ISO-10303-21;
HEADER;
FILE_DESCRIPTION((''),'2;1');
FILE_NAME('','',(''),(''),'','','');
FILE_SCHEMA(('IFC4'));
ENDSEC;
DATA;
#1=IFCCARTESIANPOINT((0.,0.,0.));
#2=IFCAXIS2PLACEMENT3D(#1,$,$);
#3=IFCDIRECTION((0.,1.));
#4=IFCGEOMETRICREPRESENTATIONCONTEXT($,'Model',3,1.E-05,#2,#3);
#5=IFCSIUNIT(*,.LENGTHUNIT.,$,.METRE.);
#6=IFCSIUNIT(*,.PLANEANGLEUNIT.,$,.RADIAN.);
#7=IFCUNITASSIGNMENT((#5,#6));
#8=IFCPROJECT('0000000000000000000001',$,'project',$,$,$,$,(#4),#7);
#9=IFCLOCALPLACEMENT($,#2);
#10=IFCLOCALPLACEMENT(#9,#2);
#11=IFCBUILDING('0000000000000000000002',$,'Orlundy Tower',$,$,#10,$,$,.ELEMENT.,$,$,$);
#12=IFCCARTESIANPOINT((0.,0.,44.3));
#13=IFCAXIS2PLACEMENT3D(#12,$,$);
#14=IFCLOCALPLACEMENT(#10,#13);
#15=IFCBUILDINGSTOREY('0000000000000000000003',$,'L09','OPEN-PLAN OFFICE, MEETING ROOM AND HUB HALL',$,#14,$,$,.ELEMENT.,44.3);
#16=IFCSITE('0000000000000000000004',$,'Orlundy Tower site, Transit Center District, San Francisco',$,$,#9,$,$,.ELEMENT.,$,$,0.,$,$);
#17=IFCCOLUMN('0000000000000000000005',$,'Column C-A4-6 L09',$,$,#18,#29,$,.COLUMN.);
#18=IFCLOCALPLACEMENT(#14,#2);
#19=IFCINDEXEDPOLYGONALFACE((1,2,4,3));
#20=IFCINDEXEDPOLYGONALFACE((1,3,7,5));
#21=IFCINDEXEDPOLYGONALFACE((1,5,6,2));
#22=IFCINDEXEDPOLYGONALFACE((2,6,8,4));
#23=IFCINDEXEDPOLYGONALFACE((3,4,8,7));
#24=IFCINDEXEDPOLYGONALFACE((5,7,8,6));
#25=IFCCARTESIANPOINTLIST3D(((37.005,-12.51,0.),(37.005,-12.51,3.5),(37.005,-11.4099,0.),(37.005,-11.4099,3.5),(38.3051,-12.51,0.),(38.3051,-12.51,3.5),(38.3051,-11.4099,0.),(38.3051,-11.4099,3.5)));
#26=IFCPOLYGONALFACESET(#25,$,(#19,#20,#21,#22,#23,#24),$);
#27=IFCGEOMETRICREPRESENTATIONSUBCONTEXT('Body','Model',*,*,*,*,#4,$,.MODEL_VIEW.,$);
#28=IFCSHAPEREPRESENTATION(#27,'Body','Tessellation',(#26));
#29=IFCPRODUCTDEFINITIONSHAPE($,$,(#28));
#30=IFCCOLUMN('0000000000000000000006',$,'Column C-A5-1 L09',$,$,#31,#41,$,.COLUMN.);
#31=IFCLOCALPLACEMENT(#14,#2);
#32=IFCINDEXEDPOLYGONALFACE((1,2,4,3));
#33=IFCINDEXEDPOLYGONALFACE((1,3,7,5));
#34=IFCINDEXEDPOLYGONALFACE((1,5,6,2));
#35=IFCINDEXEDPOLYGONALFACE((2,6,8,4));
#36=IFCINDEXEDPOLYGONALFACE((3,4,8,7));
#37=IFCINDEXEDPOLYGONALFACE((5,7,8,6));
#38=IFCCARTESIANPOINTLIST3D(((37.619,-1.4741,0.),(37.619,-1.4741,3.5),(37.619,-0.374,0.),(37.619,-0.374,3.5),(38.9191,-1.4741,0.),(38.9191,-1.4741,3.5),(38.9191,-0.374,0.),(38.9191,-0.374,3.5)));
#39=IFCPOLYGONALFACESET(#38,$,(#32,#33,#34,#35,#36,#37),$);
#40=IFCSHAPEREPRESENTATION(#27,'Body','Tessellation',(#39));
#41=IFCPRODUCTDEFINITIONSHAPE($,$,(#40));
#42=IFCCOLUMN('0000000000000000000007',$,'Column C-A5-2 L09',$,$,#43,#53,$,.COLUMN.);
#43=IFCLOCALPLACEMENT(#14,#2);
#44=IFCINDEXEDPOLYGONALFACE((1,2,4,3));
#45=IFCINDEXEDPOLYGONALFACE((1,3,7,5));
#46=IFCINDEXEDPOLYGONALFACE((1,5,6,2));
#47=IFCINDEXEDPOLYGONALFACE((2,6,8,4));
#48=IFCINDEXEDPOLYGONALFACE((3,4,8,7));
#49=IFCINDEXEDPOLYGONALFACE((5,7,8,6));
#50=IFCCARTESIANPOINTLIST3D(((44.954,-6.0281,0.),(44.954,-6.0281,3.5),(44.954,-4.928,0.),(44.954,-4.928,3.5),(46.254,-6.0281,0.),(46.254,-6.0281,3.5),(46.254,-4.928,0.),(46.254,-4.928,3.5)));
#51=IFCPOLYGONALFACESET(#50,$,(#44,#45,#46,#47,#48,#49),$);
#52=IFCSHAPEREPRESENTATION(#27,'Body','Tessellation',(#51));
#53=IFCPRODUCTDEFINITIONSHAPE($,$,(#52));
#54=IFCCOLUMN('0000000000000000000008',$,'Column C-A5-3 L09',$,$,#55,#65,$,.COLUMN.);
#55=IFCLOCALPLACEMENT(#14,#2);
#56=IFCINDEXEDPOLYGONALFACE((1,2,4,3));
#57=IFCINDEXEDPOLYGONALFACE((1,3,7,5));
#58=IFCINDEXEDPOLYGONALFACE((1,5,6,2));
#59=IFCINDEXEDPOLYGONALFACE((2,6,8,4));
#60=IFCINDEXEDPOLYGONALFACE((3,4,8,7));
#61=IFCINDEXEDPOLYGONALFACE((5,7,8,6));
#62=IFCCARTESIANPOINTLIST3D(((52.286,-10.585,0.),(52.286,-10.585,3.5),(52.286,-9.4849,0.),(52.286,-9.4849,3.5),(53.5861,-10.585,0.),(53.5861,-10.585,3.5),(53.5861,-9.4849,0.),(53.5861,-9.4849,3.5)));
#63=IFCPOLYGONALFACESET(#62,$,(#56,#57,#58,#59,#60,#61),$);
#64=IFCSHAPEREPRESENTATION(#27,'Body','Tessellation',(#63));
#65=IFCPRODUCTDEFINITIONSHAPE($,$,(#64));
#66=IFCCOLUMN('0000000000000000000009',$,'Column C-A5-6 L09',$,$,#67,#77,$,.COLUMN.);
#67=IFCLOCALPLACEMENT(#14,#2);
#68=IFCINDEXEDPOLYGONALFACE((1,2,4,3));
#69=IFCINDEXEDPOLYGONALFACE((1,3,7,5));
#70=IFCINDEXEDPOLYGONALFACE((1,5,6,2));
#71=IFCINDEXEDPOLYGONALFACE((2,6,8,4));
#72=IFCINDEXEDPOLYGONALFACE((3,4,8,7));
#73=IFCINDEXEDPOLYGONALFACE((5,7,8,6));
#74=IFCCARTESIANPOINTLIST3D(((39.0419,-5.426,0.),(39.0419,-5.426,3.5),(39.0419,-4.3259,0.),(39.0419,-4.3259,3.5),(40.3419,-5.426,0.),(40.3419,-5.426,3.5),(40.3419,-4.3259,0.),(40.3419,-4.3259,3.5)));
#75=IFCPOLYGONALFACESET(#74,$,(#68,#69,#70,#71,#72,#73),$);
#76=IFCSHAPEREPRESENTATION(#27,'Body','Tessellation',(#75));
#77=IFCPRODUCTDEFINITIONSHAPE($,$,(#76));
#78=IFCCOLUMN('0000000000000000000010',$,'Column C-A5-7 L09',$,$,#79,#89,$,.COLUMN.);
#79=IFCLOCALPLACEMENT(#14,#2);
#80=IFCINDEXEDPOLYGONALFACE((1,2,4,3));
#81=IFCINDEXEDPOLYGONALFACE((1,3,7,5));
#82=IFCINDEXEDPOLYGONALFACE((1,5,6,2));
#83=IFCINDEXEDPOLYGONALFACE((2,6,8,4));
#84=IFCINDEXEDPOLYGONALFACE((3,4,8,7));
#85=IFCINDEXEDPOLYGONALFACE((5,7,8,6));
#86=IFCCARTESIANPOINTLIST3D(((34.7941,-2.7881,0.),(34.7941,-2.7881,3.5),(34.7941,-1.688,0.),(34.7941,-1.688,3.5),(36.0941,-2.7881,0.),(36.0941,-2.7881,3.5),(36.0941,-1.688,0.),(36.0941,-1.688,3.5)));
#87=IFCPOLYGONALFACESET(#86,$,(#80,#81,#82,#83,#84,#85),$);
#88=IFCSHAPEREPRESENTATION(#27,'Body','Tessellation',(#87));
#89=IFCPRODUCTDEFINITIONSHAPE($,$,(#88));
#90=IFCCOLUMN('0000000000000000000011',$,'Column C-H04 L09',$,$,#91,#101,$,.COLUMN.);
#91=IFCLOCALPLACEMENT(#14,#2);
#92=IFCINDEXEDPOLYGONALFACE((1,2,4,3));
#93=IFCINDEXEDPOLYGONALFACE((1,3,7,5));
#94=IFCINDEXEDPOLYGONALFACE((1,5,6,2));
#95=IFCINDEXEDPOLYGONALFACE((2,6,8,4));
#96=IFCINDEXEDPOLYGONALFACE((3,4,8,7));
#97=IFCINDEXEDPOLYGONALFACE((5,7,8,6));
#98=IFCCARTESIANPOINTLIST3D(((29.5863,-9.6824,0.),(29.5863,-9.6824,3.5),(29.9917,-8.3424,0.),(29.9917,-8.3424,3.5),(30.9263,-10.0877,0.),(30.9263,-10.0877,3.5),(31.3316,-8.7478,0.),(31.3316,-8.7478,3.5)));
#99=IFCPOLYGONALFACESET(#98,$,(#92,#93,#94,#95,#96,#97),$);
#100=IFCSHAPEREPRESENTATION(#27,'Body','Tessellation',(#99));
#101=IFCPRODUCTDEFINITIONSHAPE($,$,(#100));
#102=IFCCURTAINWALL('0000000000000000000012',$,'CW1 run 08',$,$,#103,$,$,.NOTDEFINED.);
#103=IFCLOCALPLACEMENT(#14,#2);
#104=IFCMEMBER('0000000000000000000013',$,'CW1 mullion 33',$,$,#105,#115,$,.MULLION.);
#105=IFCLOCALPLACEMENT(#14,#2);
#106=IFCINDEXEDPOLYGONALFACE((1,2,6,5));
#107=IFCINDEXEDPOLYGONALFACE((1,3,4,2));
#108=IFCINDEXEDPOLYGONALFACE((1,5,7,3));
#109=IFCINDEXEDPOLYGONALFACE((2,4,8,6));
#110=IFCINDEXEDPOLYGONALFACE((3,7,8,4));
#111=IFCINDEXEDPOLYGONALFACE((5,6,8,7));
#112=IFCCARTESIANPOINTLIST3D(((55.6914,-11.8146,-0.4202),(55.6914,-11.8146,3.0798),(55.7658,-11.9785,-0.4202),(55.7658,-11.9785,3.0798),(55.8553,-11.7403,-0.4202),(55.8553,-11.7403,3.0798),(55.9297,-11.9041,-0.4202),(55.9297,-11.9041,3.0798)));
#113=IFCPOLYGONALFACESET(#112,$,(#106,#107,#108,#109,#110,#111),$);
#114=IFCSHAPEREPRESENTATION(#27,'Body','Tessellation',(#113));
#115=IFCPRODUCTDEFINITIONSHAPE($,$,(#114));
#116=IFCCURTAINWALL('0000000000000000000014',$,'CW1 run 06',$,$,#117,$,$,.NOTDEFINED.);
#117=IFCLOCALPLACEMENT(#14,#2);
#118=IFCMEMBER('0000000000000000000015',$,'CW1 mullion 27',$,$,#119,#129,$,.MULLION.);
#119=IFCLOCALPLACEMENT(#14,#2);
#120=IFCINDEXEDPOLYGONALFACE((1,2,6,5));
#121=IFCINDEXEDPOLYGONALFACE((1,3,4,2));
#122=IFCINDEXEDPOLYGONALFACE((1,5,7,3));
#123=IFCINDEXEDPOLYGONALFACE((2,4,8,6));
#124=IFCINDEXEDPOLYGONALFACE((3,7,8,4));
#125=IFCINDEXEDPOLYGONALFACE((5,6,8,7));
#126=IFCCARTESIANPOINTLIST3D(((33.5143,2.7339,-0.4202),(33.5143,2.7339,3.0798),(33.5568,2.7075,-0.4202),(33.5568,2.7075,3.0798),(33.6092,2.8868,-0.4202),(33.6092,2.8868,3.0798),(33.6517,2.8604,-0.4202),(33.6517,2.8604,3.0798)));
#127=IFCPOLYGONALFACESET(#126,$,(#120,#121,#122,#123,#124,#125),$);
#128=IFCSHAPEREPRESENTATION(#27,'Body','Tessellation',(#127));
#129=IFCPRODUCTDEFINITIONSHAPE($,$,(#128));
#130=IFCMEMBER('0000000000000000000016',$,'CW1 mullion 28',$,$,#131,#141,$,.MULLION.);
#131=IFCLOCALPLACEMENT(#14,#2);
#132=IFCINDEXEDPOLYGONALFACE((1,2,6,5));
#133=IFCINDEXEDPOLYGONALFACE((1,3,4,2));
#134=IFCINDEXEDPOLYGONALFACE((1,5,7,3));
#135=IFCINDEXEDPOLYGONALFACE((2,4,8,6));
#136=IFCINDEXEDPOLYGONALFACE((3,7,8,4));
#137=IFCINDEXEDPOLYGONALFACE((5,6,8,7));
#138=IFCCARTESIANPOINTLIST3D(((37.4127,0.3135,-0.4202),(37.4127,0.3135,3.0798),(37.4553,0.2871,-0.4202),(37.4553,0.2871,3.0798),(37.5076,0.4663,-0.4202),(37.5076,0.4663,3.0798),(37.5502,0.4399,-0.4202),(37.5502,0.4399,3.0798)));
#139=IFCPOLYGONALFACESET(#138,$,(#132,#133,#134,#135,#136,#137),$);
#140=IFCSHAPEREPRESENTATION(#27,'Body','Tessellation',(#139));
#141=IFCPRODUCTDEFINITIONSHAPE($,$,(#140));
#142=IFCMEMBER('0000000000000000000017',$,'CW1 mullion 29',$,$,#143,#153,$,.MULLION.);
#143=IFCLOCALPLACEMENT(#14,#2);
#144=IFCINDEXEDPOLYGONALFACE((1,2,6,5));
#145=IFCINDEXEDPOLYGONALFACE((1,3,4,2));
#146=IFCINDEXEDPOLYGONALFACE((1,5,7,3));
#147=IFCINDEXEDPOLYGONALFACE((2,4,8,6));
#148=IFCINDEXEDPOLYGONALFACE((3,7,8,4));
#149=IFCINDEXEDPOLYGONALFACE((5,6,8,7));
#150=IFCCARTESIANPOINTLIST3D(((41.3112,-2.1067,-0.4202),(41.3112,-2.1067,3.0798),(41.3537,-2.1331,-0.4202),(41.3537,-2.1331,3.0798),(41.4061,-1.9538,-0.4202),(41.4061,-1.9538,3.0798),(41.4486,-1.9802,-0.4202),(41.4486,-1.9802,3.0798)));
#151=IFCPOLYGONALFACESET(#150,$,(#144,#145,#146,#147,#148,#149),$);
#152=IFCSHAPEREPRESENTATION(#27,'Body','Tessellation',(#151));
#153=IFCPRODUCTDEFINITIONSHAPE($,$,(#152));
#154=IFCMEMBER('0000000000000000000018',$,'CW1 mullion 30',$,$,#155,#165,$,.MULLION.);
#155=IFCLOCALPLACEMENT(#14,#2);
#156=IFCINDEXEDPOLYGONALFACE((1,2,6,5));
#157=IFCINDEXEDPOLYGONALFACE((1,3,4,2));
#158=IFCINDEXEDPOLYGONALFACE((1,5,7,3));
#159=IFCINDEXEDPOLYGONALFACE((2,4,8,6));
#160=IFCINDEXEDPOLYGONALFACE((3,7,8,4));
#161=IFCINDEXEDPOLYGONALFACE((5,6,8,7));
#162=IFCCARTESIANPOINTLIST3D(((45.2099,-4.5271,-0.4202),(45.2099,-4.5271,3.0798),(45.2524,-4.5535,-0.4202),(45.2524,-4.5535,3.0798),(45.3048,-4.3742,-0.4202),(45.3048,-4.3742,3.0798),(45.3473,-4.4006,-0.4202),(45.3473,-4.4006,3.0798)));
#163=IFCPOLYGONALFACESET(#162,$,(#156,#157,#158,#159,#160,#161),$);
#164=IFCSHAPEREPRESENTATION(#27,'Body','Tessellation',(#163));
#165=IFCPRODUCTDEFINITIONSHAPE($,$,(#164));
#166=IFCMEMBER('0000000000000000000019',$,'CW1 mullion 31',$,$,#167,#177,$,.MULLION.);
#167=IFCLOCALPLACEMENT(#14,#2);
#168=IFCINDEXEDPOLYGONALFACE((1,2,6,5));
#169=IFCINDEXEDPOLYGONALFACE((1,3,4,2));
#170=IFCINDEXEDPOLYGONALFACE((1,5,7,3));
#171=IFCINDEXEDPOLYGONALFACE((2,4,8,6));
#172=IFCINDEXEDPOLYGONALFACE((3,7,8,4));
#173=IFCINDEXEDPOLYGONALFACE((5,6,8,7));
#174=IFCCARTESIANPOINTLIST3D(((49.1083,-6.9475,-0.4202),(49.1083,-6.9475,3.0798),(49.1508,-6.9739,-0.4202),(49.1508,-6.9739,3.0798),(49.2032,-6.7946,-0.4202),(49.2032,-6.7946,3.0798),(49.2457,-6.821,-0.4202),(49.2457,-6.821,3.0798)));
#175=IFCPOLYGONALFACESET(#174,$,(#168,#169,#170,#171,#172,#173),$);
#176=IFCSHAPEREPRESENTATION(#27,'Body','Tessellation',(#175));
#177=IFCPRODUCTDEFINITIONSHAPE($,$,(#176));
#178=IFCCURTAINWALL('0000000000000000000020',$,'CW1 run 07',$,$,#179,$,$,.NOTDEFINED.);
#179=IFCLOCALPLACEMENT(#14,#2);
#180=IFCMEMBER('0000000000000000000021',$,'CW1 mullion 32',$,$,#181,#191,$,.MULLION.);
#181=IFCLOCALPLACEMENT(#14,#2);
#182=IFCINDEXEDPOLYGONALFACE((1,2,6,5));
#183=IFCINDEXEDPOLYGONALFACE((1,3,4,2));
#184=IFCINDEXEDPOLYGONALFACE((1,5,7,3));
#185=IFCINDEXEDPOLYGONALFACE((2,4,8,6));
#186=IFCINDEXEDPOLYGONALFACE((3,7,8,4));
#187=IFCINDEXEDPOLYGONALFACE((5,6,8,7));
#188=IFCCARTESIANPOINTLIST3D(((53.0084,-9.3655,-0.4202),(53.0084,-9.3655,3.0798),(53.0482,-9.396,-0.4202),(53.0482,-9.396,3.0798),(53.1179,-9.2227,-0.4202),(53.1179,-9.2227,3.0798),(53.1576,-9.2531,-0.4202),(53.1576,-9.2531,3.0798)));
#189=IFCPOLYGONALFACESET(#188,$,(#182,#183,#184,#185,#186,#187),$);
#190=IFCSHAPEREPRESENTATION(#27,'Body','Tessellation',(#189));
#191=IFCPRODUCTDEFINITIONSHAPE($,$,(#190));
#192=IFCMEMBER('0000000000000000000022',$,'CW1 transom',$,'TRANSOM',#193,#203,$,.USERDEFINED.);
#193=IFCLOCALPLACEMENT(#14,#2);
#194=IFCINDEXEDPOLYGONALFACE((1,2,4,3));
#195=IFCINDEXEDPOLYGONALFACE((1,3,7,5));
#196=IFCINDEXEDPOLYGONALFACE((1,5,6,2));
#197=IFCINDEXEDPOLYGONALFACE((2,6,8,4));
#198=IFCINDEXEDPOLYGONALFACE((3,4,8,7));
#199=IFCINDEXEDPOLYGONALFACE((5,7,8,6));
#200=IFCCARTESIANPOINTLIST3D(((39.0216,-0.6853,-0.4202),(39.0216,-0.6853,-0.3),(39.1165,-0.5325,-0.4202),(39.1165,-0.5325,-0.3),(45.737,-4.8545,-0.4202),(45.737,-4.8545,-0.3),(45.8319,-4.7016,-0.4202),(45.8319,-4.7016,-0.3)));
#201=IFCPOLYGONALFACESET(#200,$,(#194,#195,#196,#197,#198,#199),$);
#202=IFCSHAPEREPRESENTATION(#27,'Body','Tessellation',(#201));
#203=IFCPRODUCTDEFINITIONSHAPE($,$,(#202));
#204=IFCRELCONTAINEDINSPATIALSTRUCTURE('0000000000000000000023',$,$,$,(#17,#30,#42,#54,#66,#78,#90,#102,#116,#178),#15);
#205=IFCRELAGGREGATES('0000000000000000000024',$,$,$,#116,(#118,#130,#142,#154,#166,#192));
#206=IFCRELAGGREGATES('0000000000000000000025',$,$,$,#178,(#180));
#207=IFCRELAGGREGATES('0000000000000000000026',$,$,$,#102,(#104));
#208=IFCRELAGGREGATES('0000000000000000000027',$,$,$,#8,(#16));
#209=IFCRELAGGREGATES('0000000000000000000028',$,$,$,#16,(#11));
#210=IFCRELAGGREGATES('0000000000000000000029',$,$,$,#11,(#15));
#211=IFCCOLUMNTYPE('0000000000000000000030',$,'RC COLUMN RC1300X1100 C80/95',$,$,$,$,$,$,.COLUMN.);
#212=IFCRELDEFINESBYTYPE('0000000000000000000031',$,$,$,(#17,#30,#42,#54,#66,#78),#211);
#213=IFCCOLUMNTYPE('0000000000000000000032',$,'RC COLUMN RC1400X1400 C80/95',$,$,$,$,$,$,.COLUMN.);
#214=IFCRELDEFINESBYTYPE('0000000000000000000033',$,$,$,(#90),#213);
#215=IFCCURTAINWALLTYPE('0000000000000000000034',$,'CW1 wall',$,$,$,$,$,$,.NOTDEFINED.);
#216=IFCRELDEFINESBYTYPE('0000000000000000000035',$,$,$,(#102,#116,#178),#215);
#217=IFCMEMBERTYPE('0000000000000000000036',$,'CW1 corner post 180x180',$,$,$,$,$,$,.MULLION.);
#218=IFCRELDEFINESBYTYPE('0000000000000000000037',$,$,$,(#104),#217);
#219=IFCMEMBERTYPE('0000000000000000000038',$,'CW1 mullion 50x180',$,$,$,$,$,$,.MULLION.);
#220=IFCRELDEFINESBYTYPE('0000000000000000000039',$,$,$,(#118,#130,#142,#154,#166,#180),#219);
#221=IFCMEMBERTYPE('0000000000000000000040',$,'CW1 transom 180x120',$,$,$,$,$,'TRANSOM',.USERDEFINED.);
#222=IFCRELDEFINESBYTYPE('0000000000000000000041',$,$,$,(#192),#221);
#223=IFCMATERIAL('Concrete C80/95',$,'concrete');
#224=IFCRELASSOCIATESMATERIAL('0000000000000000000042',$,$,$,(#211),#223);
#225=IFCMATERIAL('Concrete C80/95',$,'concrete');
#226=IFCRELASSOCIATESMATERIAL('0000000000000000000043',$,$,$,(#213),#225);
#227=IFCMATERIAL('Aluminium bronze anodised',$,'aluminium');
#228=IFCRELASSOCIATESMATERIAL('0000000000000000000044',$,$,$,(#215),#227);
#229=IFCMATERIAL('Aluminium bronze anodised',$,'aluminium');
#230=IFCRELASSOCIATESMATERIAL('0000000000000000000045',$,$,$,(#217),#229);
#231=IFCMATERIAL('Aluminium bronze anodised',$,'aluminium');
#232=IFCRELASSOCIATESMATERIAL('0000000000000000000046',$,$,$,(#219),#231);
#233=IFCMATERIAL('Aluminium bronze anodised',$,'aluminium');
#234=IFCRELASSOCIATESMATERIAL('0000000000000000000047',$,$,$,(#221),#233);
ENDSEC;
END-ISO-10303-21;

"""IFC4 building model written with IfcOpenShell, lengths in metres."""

from ifc_helpers import new_model, si_unit, direction, frame, origin, origin_2d, place, context, subcontext, project, spatial, rectangle, extrude, material, material_profile, profile_set, type_object, element, aggregate, save


model = new_model("IFC4")

# Units and contexts
model_context = context("Model", 3, precision=1e-05, world=origin(), true_north=direction((0.0, 1.0)))
body_context = subcontext(model_context, "Body", "Model", "MODEL_VIEW")
ifc_project = project(units=[si_unit("LENGTHUNIT", "METRE"), si_unit("PLANEANGLEUNIT", "RADIAN")], contexts=[model_context])

# Site, building, storey
site_placement = place(None, origin())
site = spatial("IfcSite", under=ifc_project, at=site_placement, Name="Orlundy Tower site, Transit Center District, San Francisco", CompositionType="ELEMENT", RefElevation=0.0)
building_placement = place(site_placement, origin())
building = spatial("IfcBuilding", under=site, at=building_placement, Name="Orlundy Tower", CompositionType="ELEMENT")
storey_placement = place(building_placement, frame((0.0, 0.0, 44.3)))
storey = spatial("IfcBuildingStorey", under=building, at=storey_placement, Name="L09", Description="OPEN-PLAN OFFICE, MEETING ROOM AND HUB HALL", CompositionType="ELEMENT", Elevation=44.3)

# Columns
ifc_material_1 = material(Name="Concrete C80/95", Category="concrete")
ifc_material_profile_1 = material_profile(ifc_material_1, rectangle(XDim=1.3, YDim=1.1001, at=origin_2d()), Name="RC1300X1100")
ifc_profile_set_1 = profile_set([ifc_material_profile_1], Name="Concrete C80/95")
column_type_1 = type_object("IfcColumnType", Name="RC COLUMN RC1300X1100 C80/95", PredefinedType="COLUMN", material=ifc_profile_set_1)
for number, where, z_axis, x_axis, name in (
    (1, (37.655, -11.96, 0.0), (0.0, 0.0, 1.0), (1.0, 0.0, 0.0), "Column C-A4-6 L09"),
    (2, (38.269, -0.9241, 0.0), (0.0, 0.0, 1.0), (1.0, 0.0, 0.0), "Column C-A5-1 L09"),
    (3, (45.604, -5.478, 0.0), (0.0, 0.0, 1.0), (1.0, 0.0, 0.0), "Column C-A5-2 L09"),
    (4, (52.936, -10.0349, 0.0), (0.0, 0.0, 1.0), (1.0, 0.0, 0.0), "Column C-A5-3 L09"),
    (5, (39.6919, -4.876, 0.0), (0.0, 0.0, 1.0), (1.0, 0.0, 0.0), "Column C-A5-6 L09"),
    (6, (35.4441, -2.238, 0.0), (0.0, 0.0, 1.0), (1.0, 0.0, 0.0), "Column C-A5-7 L09"),
):
    element("IfcColumn", number, at=place(storey_placement, frame(where, z_axis=z_axis, x_axis=x_axis)), inside=storey, type_object=column_type_1, Name=name, PredefinedType="COLUMN", context=body_context, shape_type="SweptSolid", body=[
        extrude(rectangle(XDim=1.3, YDim=1.1001, at=origin_2d()), origin(), (0.0, 0.0, 1.0), 3.5),
    ])
ifc_material_2 = material(Name="Concrete C80/95", Category="concrete")
ifc_material_profile_2 = material_profile(ifc_material_2, rectangle(XDim=1.3999, YDim=1.3999, at=origin_2d()), Name="RC1400X1400")
ifc_profile_set_2 = profile_set([ifc_material_profile_2], Name="Concrete C80/95")
column_type_2 = type_object("IfcColumnType", Name="RC COLUMN RC1400X1400 C80/95", PredefinedType="COLUMN", material=ifc_profile_set_2)
column_placement = place(storey_placement, frame((30.459, -9.2151, 0.0), z_axis=(0.0, 0.0, 1.0), x_axis=(0.957153, -0.289583, 0.0)))
element("IfcColumn", 7, at=column_placement, inside=storey, type_object=column_type_2, Name="Column C-H04 L09", PredefinedType="COLUMN", context=body_context, shape_type="SweptSolid", body=[
    extrude(rectangle(XDim=1.3999, YDim=1.3999, at=origin_2d()), origin(), (0.0, 0.0, 1.0), 3.5),
])

# Curtain wall, member
ifc_material_3 = material(Name="Aluminium bronze anodised", Category="aluminium")
curtain_wall_type = type_object("IfcCurtainWallType", Name="CW1 wall", PredefinedType="NOTDEFINED", material=ifc_material_3)
curtain_wall_1_placement = place(storey_placement, origin())
curtain_wall_1 = element("IfcCurtainWall", 8, at=curtain_wall_1_placement, inside=storey, type_object=curtain_wall_type, Name="CW1 run 08", PredefinedType="NOTDEFINED")
ifc_material_4 = material(Name="Aluminium bronze anodised", Category="aluminium")
ifc_material_profile_3 = material_profile(ifc_material_4, rectangle(XDim=0.1799, YDim=0.1799, at=origin_2d()), Name="CW1 corner post 180x180")
ifc_profile_set_3 = profile_set([ifc_material_profile_3], Name="Aluminium bronze anodised")
member_type_1 = type_object("IfcMemberType", Name="CW1 corner post 180x180", PredefinedType="MULLION", material=ifc_profile_set_3)
member_1_placement = place(storey_placement, frame((55.8105, -11.8594, -0.4202), z_axis=(0.0, 0.0, 1.0), x_axis=(0.910579, 0.413335, 0.0)))
member_1 = element("IfcMember", 9, at=member_1_placement, type_object=member_type_1, Name="CW1 mullion 33", PredefinedType="MULLION", context=body_context, shape_type="SweptSolid", body=[
    extrude(rectangle(XDim=0.1799, YDim=0.1799, at=origin_2d()), origin(), (0.0, 0.0, 1.0), 3.5),
])

# Curtain wall, members
curtain_wall_2_placement = place(storey_placement, origin())
curtain_wall_2 = element("IfcCurtainWall", 10, at=curtain_wall_2_placement, inside=storey, type_object=curtain_wall_type, Name="CW1 run 06", PredefinedType="NOTDEFINED")
ifc_material_5 = material(Name="Aluminium bronze anodised", Category="aluminium")
ifc_material_profile_4 = material_profile(ifc_material_5, rectangle(XDim=0.1799, YDim=0.05, at=origin_2d()), Name="CW1 mullion 50x180")
ifc_profile_set_4 = profile_set([ifc_material_profile_4], Name="Aluminium bronze anodised")
member_type_2 = type_object("IfcMemberType", Name="CW1 mullion 50x180", PredefinedType="MULLION", material=ifc_profile_set_4)
member_2_placement = place(storey_placement, frame((33.583, 2.7971, -0.4202), z_axis=(0.0, 0.0, 1.0), x_axis=(0.527453, 0.849584, 0.0)))
member_2 = element("IfcMember", 11, at=member_2_placement, type_object=member_type_2, Name="CW1 mullion 27", PredefinedType="MULLION", context=body_context, shape_type="SweptSolid", body=[
    extrude(rectangle(XDim=0.1799, YDim=0.05, at=origin_2d()), origin(), (0.0, 0.0, 1.0), 3.5),
])
member_3_placement = place(storey_placement, frame((37.4814, 0.3767, -0.4202), z_axis=(0.0, 0.0, 1.0), x_axis=(0.527453, 0.849584, 0.0)))
member_3 = element("IfcMember", 12, at=member_3_placement, type_object=member_type_2, Name="CW1 mullion 28", PredefinedType="MULLION", context=body_context, shape_type="SweptSolid", body=[
    extrude(rectangle(XDim=0.1799, YDim=0.05, at=origin_2d()), origin(), (0.0, 0.0, 1.0), 3.5),
])
member_4_placement = place(storey_placement, frame((41.3799, -2.0435, -0.4202), z_axis=(0.0, 0.0, 1.0), x_axis=(0.527453, 0.849584, 0.0)))
member_4 = element("IfcMember", 13, at=member_4_placement, type_object=member_type_2, Name="CW1 mullion 29", PredefinedType="MULLION", context=body_context, shape_type="SweptSolid", body=[
    extrude(rectangle(XDim=0.1799, YDim=0.05, at=origin_2d()), origin(), (0.0, 0.0, 1.0), 3.5),
])
member_5_placement = place(storey_placement, frame((45.2786, -4.4639, -0.4202), z_axis=(0.0, 0.0, 1.0), x_axis=(0.527453, 0.849584, 0.0)))
member_5 = element("IfcMember", 14, at=member_5_placement, type_object=member_type_2, Name="CW1 mullion 30", PredefinedType="MULLION", context=body_context, shape_type="SweptSolid", body=[
    extrude(rectangle(XDim=0.1799, YDim=0.05, at=origin_2d()), origin(), (0.0, 0.0, 1.0), 3.5),
])
member_6_placement = place(storey_placement, frame((49.177, -6.8843, -0.4202), z_axis=(0.0, 0.0, 1.0), x_axis=(0.527453, 0.849584, 0.0)))
member_6 = element("IfcMember", 15, at=member_6_placement, type_object=member_type_2, Name="CW1 mullion 31", PredefinedType="MULLION", context=body_context, shape_type="SweptSolid", body=[
    extrude(rectangle(XDim=0.1799, YDim=0.05, at=origin_2d()), origin(), (0.0, 0.0, 1.0), 3.5),
])

# Curtain wall, member
curtain_wall_3_placement = place(storey_placement, origin())
curtain_wall_3 = element("IfcCurtainWall", 16, at=curtain_wall_3_placement, inside=storey, type_object=curtain_wall_type, Name="CW1 run 07", PredefinedType="NOTDEFINED")
member_7_placement = place(storey_placement, frame((53.083, -9.3093, -0.4202), z_axis=(0.0, 0.0, 1.0), x_axis=(0.608137, 0.793832, 0.0)))
member_7 = element("IfcMember", 17, at=member_7_placement, type_object=member_type_2, Name="CW1 mullion 32", PredefinedType="MULLION", context=body_context, shape_type="SweptSolid", body=[
    extrude(rectangle(XDim=0.1799, YDim=0.05, at=origin_2d()), origin(), (0.0, 0.0, 1.0), 3.5),
])

# Member
ifc_material_6 = material(Name="Aluminium bronze anodised", Category="aluminium")
ifc_material_profile_5 = material_profile(ifc_material_6, rectangle(XDim=0.1799, YDim=0.1201, at=origin_2d()), Name="CW1 transom 180x120")
ifc_profile_set_5 = profile_set([ifc_material_profile_5], Name="Aluminium bronze anodised")
member_type_3 = type_object("IfcMemberType", Name="CW1 transom 180x120", ElementType="TRANSOM", PredefinedType="USERDEFINED", material=ifc_profile_set_5)
member_8_placement = place(storey_placement, frame((39.0691, -0.6089, -0.3601), z_axis=(0.849581, -0.527459, 0.0), x_axis=(0.527459, 0.849581, 0.0)))
member_8 = element("IfcMember", 18, at=member_8_placement, type_object=member_type_3, Name="CW1 transom", ObjectType="TRANSOM", PredefinedType="USERDEFINED", context=body_context, shape_type="SweptSolid", body=[
    extrude(rectangle(XDim=0.1799, YDim=0.1201, at=origin_2d()), origin(), (0.0, 0.0, 1.0), 7.9043),
])

aggregate(curtain_wall_2, [member_2, member_3, member_4, member_5, member_6, member_8])
aggregate(curtain_wall_3, [member_7])
aggregate(curtain_wall_1, [member_1])

save(model, "model.ifc")
